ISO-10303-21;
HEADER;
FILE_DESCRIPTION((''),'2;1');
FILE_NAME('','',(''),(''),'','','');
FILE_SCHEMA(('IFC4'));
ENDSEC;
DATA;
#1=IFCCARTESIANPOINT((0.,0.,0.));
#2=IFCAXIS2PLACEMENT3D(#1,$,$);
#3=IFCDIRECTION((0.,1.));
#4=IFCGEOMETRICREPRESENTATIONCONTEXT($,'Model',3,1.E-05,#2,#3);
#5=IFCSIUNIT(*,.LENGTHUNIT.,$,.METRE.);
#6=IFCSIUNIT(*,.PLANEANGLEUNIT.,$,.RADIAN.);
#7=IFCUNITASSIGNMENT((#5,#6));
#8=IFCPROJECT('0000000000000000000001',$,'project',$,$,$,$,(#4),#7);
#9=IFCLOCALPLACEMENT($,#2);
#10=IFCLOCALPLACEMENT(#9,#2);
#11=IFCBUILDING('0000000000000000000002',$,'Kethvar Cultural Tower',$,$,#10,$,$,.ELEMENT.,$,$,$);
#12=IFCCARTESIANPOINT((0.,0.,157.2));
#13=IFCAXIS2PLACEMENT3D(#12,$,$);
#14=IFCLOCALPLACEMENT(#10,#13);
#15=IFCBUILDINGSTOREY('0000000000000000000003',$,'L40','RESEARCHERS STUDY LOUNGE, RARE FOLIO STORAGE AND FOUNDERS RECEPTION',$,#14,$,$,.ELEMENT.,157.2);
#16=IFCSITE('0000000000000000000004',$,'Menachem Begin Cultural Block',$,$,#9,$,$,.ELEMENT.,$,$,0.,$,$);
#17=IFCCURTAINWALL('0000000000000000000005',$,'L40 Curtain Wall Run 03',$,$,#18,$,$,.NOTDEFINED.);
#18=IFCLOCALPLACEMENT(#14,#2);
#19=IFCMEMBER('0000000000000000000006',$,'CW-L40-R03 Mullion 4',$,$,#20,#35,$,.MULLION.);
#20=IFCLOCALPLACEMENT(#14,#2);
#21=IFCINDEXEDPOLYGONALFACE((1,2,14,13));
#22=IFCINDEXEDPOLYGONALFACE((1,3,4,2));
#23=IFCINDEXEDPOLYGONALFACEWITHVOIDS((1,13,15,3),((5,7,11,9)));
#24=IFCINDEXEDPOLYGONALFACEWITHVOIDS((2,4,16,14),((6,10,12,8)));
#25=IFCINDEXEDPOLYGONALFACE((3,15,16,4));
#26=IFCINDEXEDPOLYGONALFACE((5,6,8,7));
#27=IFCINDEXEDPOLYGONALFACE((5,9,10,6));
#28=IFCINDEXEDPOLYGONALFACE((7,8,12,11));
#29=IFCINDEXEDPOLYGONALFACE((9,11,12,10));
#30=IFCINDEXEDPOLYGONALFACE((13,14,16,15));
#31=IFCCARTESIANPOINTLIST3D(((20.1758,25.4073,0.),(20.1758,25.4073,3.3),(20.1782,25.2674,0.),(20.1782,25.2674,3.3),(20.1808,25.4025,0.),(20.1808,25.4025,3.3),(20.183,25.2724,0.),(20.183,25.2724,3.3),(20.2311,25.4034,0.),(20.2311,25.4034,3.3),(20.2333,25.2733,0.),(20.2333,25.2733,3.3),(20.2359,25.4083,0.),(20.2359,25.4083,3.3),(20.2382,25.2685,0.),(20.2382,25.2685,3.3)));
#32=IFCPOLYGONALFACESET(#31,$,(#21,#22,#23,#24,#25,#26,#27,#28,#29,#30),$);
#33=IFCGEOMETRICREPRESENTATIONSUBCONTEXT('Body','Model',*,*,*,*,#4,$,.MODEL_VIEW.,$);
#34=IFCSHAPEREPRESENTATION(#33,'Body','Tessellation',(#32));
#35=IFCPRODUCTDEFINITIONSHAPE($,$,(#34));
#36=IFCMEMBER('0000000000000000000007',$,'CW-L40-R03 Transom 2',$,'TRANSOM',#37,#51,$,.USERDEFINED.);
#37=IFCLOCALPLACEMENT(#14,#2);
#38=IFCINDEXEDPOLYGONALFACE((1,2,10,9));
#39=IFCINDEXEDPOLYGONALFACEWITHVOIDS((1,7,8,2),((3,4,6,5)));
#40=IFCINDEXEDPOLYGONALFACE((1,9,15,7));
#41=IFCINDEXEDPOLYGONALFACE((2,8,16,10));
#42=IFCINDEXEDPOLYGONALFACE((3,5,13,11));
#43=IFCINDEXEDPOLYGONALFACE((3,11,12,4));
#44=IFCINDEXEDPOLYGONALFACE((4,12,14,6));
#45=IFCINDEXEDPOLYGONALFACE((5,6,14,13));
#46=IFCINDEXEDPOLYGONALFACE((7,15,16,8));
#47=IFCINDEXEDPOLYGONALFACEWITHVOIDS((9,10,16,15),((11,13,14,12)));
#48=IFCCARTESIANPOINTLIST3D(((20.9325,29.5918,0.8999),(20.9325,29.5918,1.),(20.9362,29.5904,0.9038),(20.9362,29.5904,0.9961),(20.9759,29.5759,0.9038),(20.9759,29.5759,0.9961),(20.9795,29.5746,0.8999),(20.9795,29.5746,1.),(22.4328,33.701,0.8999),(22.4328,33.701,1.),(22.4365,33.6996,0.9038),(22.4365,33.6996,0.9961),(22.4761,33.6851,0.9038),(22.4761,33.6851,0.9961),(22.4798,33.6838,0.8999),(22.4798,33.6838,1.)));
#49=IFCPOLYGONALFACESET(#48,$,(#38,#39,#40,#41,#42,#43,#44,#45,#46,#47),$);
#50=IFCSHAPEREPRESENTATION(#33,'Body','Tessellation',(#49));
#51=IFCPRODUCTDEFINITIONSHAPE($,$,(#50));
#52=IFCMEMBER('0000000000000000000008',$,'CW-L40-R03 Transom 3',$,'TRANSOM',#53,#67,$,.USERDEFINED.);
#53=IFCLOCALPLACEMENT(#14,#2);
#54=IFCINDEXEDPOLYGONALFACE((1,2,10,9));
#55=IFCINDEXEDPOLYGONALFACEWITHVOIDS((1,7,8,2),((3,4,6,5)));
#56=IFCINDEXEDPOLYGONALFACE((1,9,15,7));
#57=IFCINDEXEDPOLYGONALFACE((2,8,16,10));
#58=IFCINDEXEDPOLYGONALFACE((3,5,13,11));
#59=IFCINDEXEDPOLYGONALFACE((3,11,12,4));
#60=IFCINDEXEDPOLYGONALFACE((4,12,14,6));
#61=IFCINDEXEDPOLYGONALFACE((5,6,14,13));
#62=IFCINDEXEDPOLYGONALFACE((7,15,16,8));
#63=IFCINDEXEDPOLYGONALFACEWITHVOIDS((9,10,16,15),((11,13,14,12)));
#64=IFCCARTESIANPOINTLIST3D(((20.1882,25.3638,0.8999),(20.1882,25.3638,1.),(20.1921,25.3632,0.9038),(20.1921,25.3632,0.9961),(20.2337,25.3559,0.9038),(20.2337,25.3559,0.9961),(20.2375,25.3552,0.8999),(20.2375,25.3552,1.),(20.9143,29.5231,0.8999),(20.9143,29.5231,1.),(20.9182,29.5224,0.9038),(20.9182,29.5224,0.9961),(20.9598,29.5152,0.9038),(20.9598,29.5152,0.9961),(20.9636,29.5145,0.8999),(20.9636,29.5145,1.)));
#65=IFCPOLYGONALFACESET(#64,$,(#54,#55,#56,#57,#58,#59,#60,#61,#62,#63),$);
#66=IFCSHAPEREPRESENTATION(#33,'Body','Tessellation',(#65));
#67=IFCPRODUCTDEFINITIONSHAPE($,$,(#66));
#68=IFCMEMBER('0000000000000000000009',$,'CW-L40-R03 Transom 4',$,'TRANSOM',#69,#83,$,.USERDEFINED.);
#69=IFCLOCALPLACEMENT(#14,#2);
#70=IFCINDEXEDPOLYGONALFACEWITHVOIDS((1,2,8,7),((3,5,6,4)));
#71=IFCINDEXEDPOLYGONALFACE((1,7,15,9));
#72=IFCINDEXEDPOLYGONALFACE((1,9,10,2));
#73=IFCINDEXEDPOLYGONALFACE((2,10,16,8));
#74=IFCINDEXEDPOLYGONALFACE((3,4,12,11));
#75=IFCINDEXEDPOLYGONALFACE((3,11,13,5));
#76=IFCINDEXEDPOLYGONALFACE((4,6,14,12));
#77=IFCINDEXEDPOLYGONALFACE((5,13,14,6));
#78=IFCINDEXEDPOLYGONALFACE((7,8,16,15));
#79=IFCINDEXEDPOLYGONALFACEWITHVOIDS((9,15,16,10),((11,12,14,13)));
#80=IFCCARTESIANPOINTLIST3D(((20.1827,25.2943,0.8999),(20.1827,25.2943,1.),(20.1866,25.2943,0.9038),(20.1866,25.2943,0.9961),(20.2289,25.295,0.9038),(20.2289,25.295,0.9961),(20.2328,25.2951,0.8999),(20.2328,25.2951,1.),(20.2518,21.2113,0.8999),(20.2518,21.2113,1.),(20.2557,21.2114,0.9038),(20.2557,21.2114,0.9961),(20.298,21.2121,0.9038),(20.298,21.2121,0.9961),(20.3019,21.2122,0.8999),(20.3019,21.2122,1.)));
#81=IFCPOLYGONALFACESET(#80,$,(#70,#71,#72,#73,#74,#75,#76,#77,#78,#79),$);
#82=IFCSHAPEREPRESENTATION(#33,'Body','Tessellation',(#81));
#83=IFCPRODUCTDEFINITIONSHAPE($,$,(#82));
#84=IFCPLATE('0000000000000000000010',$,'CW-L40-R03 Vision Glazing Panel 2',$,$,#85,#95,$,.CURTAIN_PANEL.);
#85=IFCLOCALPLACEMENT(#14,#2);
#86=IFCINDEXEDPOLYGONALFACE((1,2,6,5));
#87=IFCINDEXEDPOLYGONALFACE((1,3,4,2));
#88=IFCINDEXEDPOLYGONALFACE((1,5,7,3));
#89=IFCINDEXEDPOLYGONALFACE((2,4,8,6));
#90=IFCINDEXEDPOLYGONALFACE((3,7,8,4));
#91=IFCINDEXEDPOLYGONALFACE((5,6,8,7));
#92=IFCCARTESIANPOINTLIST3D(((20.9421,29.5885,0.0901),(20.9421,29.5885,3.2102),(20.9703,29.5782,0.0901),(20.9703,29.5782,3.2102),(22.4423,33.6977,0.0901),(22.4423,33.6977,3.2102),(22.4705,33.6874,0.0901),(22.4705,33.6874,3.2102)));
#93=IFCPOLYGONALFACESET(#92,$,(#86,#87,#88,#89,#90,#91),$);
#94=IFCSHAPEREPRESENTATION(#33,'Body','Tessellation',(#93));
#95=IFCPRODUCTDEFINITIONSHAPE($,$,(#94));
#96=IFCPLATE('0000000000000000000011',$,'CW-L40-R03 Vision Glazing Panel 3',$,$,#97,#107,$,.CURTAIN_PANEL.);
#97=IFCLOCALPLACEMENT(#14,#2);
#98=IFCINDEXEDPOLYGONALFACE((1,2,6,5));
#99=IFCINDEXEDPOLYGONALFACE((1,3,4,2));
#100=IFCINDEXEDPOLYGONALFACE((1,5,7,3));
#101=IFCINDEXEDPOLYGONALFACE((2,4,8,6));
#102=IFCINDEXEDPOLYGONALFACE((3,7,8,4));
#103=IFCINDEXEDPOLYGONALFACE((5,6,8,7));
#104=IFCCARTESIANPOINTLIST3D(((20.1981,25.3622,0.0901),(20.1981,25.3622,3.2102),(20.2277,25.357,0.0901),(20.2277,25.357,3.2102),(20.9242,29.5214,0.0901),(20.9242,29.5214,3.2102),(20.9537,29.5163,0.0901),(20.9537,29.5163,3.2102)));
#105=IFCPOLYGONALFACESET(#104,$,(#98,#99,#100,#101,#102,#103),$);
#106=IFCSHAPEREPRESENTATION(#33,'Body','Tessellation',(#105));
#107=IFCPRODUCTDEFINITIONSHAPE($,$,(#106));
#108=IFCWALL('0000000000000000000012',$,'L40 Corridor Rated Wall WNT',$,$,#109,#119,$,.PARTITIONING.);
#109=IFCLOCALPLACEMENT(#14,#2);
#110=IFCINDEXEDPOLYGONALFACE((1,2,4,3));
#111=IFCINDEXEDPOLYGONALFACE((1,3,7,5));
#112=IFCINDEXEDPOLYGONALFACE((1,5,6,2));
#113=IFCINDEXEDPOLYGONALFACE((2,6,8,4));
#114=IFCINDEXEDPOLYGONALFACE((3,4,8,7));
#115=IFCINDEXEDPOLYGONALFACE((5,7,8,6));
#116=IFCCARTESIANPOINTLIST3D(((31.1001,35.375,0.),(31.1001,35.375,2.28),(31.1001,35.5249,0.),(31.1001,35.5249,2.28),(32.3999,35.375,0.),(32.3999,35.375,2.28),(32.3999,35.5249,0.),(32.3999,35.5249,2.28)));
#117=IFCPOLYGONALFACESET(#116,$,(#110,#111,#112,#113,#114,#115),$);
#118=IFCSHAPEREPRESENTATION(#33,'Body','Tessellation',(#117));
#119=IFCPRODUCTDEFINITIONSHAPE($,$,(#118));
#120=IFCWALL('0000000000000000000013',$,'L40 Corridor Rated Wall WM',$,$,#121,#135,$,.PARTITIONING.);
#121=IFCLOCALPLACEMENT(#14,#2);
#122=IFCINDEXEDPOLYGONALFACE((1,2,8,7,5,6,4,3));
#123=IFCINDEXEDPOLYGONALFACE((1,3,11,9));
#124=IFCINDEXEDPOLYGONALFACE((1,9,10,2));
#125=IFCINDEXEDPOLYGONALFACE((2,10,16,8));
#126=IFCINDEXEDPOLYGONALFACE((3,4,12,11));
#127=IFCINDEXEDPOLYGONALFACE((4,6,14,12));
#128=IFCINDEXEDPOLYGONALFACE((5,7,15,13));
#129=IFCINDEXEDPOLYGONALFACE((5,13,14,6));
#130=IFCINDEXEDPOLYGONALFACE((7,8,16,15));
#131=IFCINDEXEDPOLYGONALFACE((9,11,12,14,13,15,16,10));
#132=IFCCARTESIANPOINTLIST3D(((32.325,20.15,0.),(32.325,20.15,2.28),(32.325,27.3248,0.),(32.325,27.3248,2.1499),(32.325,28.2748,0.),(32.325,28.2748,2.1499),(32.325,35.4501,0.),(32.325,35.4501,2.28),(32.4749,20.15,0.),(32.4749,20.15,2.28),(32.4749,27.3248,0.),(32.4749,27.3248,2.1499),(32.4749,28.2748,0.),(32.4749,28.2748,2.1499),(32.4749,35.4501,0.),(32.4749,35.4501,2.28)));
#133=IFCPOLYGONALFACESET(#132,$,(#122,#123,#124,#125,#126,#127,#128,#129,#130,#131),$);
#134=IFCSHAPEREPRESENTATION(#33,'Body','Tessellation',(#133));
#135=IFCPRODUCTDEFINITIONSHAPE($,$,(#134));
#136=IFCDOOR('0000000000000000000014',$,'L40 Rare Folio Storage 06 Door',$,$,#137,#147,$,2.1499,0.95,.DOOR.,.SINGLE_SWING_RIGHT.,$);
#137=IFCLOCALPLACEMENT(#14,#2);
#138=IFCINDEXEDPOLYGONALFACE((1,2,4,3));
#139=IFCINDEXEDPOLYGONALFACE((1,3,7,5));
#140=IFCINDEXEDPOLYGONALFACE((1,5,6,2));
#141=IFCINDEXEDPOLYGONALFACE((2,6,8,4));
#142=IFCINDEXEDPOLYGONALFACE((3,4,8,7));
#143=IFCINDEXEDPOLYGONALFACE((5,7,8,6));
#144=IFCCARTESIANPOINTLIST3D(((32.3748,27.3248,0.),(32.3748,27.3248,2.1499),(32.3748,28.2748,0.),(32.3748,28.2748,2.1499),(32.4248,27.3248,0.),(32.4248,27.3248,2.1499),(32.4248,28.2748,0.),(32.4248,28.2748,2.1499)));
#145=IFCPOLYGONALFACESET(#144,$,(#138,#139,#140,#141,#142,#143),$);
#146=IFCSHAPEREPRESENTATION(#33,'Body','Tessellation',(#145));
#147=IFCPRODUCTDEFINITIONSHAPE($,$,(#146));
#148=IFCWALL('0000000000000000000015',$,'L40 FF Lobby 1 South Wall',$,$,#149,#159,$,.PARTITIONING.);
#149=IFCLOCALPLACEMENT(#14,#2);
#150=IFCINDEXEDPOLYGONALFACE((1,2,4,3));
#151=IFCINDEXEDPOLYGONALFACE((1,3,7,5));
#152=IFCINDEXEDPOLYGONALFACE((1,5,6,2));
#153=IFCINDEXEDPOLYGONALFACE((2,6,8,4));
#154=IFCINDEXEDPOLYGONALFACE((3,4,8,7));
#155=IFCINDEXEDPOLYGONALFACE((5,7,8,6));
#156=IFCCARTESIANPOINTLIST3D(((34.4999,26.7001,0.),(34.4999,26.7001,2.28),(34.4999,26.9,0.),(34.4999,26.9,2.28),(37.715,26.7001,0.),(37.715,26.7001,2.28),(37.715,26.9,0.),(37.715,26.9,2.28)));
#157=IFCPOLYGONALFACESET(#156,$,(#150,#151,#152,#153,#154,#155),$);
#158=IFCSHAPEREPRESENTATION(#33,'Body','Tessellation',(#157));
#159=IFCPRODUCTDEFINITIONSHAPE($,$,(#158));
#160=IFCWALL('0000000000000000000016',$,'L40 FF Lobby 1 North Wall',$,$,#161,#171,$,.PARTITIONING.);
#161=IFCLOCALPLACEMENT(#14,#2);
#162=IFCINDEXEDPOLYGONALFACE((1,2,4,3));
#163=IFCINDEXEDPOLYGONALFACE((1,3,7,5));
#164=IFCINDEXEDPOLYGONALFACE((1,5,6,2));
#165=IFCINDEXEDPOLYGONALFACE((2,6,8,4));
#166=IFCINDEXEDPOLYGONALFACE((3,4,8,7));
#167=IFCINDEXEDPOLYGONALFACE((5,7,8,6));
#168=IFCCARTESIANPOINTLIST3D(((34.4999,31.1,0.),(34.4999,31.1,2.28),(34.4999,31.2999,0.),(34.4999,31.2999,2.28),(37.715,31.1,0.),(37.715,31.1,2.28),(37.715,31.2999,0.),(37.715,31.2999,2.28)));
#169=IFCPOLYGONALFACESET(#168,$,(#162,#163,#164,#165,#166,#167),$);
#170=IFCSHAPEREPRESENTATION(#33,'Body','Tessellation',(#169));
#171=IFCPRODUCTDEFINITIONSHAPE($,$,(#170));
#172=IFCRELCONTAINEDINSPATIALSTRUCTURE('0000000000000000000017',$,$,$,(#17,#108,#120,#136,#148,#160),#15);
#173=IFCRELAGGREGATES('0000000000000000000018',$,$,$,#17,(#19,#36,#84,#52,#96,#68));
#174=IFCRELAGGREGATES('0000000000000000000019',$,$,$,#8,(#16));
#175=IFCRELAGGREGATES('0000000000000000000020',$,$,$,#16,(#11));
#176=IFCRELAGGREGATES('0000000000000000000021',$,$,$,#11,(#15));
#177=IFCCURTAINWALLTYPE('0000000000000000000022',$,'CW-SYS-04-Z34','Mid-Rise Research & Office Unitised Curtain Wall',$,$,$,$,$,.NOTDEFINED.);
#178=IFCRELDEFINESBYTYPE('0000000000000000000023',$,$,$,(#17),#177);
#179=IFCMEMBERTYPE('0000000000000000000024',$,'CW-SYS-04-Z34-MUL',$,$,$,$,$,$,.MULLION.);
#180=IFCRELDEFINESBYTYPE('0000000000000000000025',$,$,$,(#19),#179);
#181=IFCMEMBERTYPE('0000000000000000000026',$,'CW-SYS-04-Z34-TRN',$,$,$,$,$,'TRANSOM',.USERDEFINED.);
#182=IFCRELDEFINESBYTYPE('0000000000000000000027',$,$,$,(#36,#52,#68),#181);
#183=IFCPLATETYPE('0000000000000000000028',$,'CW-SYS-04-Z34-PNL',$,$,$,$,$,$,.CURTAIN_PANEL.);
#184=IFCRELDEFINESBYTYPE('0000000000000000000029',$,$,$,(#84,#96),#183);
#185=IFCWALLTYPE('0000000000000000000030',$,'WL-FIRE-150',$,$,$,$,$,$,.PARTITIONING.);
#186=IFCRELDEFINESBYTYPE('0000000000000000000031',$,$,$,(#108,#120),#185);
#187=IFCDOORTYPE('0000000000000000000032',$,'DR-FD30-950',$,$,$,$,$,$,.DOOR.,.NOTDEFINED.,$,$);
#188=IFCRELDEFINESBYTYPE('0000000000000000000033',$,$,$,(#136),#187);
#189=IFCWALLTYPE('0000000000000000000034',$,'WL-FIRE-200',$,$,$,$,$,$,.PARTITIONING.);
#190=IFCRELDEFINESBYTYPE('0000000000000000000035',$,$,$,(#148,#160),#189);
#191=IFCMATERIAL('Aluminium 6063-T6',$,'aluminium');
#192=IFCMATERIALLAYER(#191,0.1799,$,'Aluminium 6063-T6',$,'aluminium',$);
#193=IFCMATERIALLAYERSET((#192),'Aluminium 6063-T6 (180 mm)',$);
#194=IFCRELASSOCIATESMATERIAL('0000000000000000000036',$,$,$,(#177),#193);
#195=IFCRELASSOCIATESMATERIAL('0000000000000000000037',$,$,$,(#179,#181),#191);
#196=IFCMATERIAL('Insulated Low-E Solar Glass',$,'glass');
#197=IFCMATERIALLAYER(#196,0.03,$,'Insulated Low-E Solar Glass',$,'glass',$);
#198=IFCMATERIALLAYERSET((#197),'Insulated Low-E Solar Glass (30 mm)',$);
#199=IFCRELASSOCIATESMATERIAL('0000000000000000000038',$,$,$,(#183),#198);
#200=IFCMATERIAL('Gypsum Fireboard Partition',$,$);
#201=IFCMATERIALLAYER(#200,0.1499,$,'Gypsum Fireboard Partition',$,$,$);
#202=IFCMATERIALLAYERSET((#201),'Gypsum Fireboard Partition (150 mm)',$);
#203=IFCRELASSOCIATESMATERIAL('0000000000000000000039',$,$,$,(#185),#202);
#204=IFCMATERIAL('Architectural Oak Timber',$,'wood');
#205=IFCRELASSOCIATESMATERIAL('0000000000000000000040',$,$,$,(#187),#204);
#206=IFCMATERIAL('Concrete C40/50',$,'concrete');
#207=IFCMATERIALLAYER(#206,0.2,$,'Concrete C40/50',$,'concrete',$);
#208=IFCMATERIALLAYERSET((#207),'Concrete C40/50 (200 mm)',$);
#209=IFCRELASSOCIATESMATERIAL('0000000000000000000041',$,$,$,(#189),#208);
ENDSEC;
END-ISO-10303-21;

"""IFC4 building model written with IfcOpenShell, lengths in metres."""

from ifc_helpers import new_model, si_unit, direction, frame, frame_2d, origin, origin_2d, place, context, subcontext, project, spatial, rectangle, hollow_rectangle, extrude, source, transform, mapped, material, layer, layer_set, material_profile, profile_set, type_object, element, fill, aggregate, save


model = new_model("IFC4")

# Units and contexts
model_context = context("Model", 3, precision=1e-05, world=origin(), true_north=direction((0.0, 1.0)))
body_context = subcontext(model_context, "Body", "Model", "MODEL_VIEW")
ifc_project = project(units=[si_unit("LENGTHUNIT", "METRE"), si_unit("PLANEANGLEUNIT", "RADIAN")], contexts=[model_context])

# Site, building, storey
site_placement = place(None, origin())
site = spatial("IfcSite", under=ifc_project, at=site_placement, Name="Menachem Begin Cultural Block", CompositionType="ELEMENT", RefElevation=0.0)
building_placement = place(site_placement, origin())
building = spatial("IfcBuilding", under=site, at=building_placement, Name="Kethvar Cultural Tower", CompositionType="ELEMENT")
storey_placement = place(building_placement, frame((0.0, 0.0, 157.2)))
storey = spatial("IfcBuildingStorey", under=building, at=storey_placement, Name="L40", Description="RESEARCHERS STUDY LOUNGE, RARE FOLIO STORAGE AND FOUNDERS RECEPTION", CompositionType="ELEMENT", Elevation=157.2)

# Curtain wall, members, plates
ifc_material_1 = material(Name="Aluminium 6063-T6", Category="aluminium")
ifc_layer_1 = layer(ifc_material_1, 0.1799, Name="Aluminium 6063-T6", Category="aluminium")
ifc_layer_set_1 = layer_set([ifc_layer_1], Name="Aluminium 6063-T6 (180 mm)")
curtain_wall_type = type_object("IfcCurtainWallType", Name="CW-SYS-04-Z34", Description="Mid-Rise Research & Office Unitised Curtain Wall", PredefinedType="NOTDEFINED", material=ifc_layer_set_1)
curtain_wall_placement = place(storey_placement, origin())
curtain_wall = element("IfcCurtainWall", 1, at=curtain_wall_placement, inside=storey, type_object=curtain_wall_type, Name="L40 Curtain Wall Run 03", PredefinedType="NOTDEFINED")
ifc_material_profile_1 = material_profile(ifc_material_1, hollow_rectangle(XDim=0.0601, YDim=0.1399, WallThickness=0.0049, at=origin_2d()), Name="Aluminium 6063-T6 — RHS140x60x5")
ifc_profile_set_1 = profile_set([ifc_material_profile_1], Name="Aluminium 6063-T6 — RHS140x60x5")
member_type_1 = type_object("IfcMemberType", Name="CW-SYS-04-Z34-MUL", PredefinedType="MULLION", material=ifc_profile_set_1)
shared_shape_1 = source(origin(), body_context, "Body", "SweptSolid", [
    extrude(hollow_rectangle(XDim=0.0601, YDim=0.1399, WallThickness=0.0049, at=origin_2d()), origin(), (0.0, 0.0, 1.0), 3.3),
])
member_1_placement = place(storey_placement, frame((20.207, 25.3379, 0.0), z_axis=(0.0, 0.0, 1.0), x_axis=(0.999858, 0.016877, 0.0)))
member_1 = element("IfcMember", 2, at=member_1_placement, type_object=member_type_1, Name="CW-L40-R03 Mullion 4", PredefinedType="MULLION", context=body_context, shape_type="MappedRepresentation", body=[
    mapped(shared_shape_1, transform((0.0, 0.0, 0.0), scale=1.0)),
])
ifc_material_profile_2 = material_profile(ifc_material_1, hollow_rectangle(XDim=0.05, YDim=0.1001, WallThickness=0.0039, at=origin_2d()), Name="Aluminium 6063-T6 — RHS100x50x4")
ifc_profile_set_2 = profile_set([ifc_material_profile_2], Name="Aluminium 6063-T6 — RHS100x50x4")
member_type_2 = type_object("IfcMemberType", Name="CW-SYS-04-Z34-TRN", ElementType="TRANSOM", PredefinedType="USERDEFINED", material=ifc_profile_set_2)
shared_shape_2 = source(origin(), body_context, "Body", "SweptSolid", [
    extrude(hollow_rectangle(XDim=0.05, YDim=0.1001, WallThickness=0.0039, at=origin_2d()), origin(), (0.0, 0.0, 1.0), 4.3745),
])
member_2_placement = place(storey_placement, frame((22.4563, 33.6924, 0.95), z_axis=(-0.342957, -0.939351, 0.0), x_axis=(0.939351, -0.342957, 0.0)))
member_2 = element("IfcMember", 3, at=member_2_placement, type_object=member_type_2, Name="CW-L40-R03 Transom 2", ObjectType="TRANSOM", PredefinedType="USERDEFINED", context=body_context, shape_type="MappedRepresentation", body=[
    mapped(shared_shape_2, transform((0.0, 0.0, 0.0), scale=1.0)),
])
shared_shape_3 = source(origin(), body_context, "Body", "SweptSolid", [
    extrude(hollow_rectangle(XDim=0.05, YDim=0.1001, WallThickness=0.0039, at=origin_2d()), origin(), (0.0, 0.0, 1.0), 4.2222),
])
member_3_placement = place(storey_placement, frame((20.939, 29.5188, 0.95), z_axis=(-0.171971, -0.985102, 0.0), x_axis=(0.985102, -0.171971, 0.0)))
member_3 = element("IfcMember", 4, at=member_3_placement, type_object=member_type_2, Name="CW-L40-R03 Transom 3", ObjectType="TRANSOM", PredefinedType="USERDEFINED", context=body_context, shape_type="MappedRepresentation", body=[
    mapped(shared_shape_3, transform((0.0, 0.0, 0.0), scale=1.0)),
])
shared_shape_4 = source(origin(), body_context, "Body", "SweptSolid", [
    extrude(hollow_rectangle(XDim=0.05, YDim=0.1001, WallThickness=0.0039, at=origin_2d()), origin(), (0.0, 0.0, 1.0), 4.0835),
])
member_4_placement = place(storey_placement, frame((20.2078, 25.2947, 0.95), z_axis=(0.016919, -0.999857, 0.0), x_axis=(0.999857, 0.016919, 0.0)))
member_4 = element("IfcMember", 5, at=member_4_placement, type_object=member_type_2, Name="CW-L40-R03 Transom 4", ObjectType="TRANSOM", PredefinedType="USERDEFINED", context=body_context, shape_type="MappedRepresentation", body=[
    mapped(shared_shape_4, transform((0.0, 0.0, 0.0), scale=1.0)),
])
ifc_material_2 = material(Name="Insulated Low-E Solar Glass", Category="glass")
ifc_layer_2 = layer(ifc_material_2, 0.03, Name="Insulated Low-E Solar Glass", Category="glass")
ifc_layer_set_2 = layer_set([ifc_layer_2], Name="Insulated Low-E Solar Glass (30 mm)")
plate_type = type_object("IfcPlateType", Name="CW-SYS-04-Z34-PNL", PredefinedType="CURTAIN_PANEL", material=ifc_layer_set_2)
shared_shape_5 = source(origin(), body_context, "Body", "SweptSolid", [
    extrude(rectangle(XDim=4.3745, YDim=0.03, at=origin_2d()), origin(), (0.0, 0.0, 1.0), 3.1201),
])
plate_1_placement = place(storey_placement, frame((21.7063, 31.6379, 0.0901), z_axis=(0.0, 0.0, 1.0), x_axis=(-0.342938, -0.939358, 0.0)))
plate_1 = element("IfcPlate", 6, at=plate_1_placement, type_object=plate_type, Name="CW-L40-R03 Vision Glazing Panel 2", PredefinedType="CURTAIN_PANEL", context=body_context, shape_type="MappedRepresentation", body=[
    mapped(shared_shape_5, transform((0.0, 0.0, 0.0), scale=1.0)),
])
shared_shape_6 = source(origin(), body_context, "Body", "SweptSolid", [
    extrude(rectangle(XDim=4.2222, YDim=0.03, at=origin_2d()), origin(), (0.0, 0.0, 1.0), 3.1201),
])
plate_2_placement = place(storey_placement, frame((20.5759, 27.4392, 0.0901), z_axis=(0.0, 0.0, 1.0), x_axis=(-0.171963, -0.985103, 0.0)))
plate_2 = element("IfcPlate", 7, at=plate_2_placement, type_object=plate_type, Name="CW-L40-R03 Vision Glazing Panel 3", PredefinedType="CURTAIN_PANEL", context=body_context, shape_type="MappedRepresentation", body=[
    mapped(shared_shape_6, transform((0.0, 0.0, 0.0), scale=1.0)),
])
aggregate(curtain_wall, [member_1, member_2, plate_1, member_3, plate_2, member_4])

# Wall
ifc_material_3 = material(Name="Gypsum Fireboard Partition")
ifc_layer_3 = layer(ifc_material_3, 0.1499, Name="Gypsum Fireboard Partition")
ifc_layer_set_3 = layer_set([ifc_layer_3], Name="Gypsum Fireboard Partition (150 mm)")
wall_type_1 = type_object("IfcWallType", Name="WL-FIRE-150", PredefinedType="PARTITIONING", material=ifc_layer_set_3)
wall_1_placement = place(storey_placement, frame((31.1001, 35.45, 0.0), z_axis=(0.0, 0.0, 1.0), x_axis=(1.0, 0.0, 0.0)))
element("IfcWall", 8, at=wall_1_placement, inside=storey, type_object=wall_type_1, Name="L40 Corridor Rated Wall WNT", PredefinedType="PARTITIONING", context=body_context, shape_type="SweptSolid", body=[
    extrude(rectangle(XDim=1.2998, YDim=0.1499, at=frame_2d((0.6499, 0.0))), origin(), (0.0, 0.0, 1.0), 2.28),
])

# Wall, opening, door
wall_2_placement = place(storey_placement, frame((32.3999, 35.45, 0.0), z_axis=(0.0, 0.0, 1.0), x_axis=(0.0, -1.0, 0.0)))
wall_2 = element("IfcWall", 9, at=wall_2_placement, inside=storey, type_object=wall_type_1, Name="L40 Corridor Rated Wall WM", PredefinedType="PARTITIONING", context=body_context, shape_type="SweptSolid", body=[
    extrude(rectangle(XDim=15.3, YDim=0.1499, at=frame_2d((7.6499, 0.0))), origin(), (0.0, 0.0, 1.0), 2.28),
])
opening_1_placement = place(wall_2_placement, frame((7.175, 0.0, 0.0)))
opening_1 = element("IfcOpeningElement", 10, at=opening_1_placement, cuts=wall_2, PredefinedType="OPENING", context=body_context, shape_type="SweptSolid", body=[
    extrude(rectangle(XDim=0.95, YDim=2.1499, at=frame_2d((0.4751, 1.075))), frame((0.0, 0.085, 0.0), z_axis=(0.0, -1.0, 0.0), x_axis=(1.0, 0.0, 0.0)), (0.0, 0.0, 1.0), 0.1699),
])
ifc_material_4 = material(Name="Architectural Oak Timber", Category="wood")
door_type_1 = type_object("IfcDoorType", Name="DR-FD30-950", OperationType="NOTDEFINED", PredefinedType="DOOR", material=ifc_material_4)
shared_shape_7 = source(origin(), body_context, "Body", "SweptSolid", [
    extrude(rectangle(XDim=0.95, YDim=2.1499, at=frame_2d((0.4751, 1.075))), frame((0.0, 0.0249, 0.0), z_axis=(0.0, -1.0, 0.0), x_axis=(1.0, 0.0, 0.0)), (0.0, 0.0, 1.0), 0.05),
])
door_1_placement = place(opening_1_placement, origin())
door_1 = element("IfcDoor", 11, at=door_1_placement, inside=storey, type_object=door_type_1, Name="L40 Rare Folio Storage 06 Door", OperationType="SINGLE_SWING_RIGHT", OverallHeight=2.1499, OverallWidth=0.95, PredefinedType="DOOR", context=body_context, shape_type="MappedRepresentation", body=[
    mapped(shared_shape_7, transform((0.0, 0.0, 0.0), scale=1.0)),
])
fill(opening_1, door_1)
ifc_material_5 = material(Name="Concrete C40/50", Category="concrete")
ifc_layer_4 = layer(ifc_material_5, 0.2, Name="Concrete C40/50", Category="concrete")
ifc_layer_set_4 = layer_set([ifc_layer_4], Name="Concrete C40/50 (200 mm)")
wall_type_2 = type_object("IfcWallType", Name="WL-FIRE-200", PredefinedType="PARTITIONING", material=ifc_layer_set_4)

# Walls
for number, where, z_axis, x_axis, name in (
    (12, (34.5, 26.8, 0.0), (0.0, 0.0, 1.0), (1.0, 0.0, 0.0), "L40 FF Lobby 1 South Wall"),
    (13, (34.5, 31.2, 0.0), (0.0, 0.0, 1.0), (1.0, 0.0, 0.0), "L40 FF Lobby 1 North Wall"),
):
    element("IfcWall", number, at=place(storey_placement, frame(where, z_axis=z_axis, x_axis=x_axis)), inside=storey, type_object=wall_type_2, Name=name, PredefinedType="PARTITIONING", context=body_context, shape_type="SweptSolid", body=[
        extrude(rectangle(XDim=3.2151, YDim=0.2, at=frame_2d((1.6074, 0.0))), origin(), (0.0, 0.0, 1.0), 2.28),
    ])

save(model, "model.ifc")
